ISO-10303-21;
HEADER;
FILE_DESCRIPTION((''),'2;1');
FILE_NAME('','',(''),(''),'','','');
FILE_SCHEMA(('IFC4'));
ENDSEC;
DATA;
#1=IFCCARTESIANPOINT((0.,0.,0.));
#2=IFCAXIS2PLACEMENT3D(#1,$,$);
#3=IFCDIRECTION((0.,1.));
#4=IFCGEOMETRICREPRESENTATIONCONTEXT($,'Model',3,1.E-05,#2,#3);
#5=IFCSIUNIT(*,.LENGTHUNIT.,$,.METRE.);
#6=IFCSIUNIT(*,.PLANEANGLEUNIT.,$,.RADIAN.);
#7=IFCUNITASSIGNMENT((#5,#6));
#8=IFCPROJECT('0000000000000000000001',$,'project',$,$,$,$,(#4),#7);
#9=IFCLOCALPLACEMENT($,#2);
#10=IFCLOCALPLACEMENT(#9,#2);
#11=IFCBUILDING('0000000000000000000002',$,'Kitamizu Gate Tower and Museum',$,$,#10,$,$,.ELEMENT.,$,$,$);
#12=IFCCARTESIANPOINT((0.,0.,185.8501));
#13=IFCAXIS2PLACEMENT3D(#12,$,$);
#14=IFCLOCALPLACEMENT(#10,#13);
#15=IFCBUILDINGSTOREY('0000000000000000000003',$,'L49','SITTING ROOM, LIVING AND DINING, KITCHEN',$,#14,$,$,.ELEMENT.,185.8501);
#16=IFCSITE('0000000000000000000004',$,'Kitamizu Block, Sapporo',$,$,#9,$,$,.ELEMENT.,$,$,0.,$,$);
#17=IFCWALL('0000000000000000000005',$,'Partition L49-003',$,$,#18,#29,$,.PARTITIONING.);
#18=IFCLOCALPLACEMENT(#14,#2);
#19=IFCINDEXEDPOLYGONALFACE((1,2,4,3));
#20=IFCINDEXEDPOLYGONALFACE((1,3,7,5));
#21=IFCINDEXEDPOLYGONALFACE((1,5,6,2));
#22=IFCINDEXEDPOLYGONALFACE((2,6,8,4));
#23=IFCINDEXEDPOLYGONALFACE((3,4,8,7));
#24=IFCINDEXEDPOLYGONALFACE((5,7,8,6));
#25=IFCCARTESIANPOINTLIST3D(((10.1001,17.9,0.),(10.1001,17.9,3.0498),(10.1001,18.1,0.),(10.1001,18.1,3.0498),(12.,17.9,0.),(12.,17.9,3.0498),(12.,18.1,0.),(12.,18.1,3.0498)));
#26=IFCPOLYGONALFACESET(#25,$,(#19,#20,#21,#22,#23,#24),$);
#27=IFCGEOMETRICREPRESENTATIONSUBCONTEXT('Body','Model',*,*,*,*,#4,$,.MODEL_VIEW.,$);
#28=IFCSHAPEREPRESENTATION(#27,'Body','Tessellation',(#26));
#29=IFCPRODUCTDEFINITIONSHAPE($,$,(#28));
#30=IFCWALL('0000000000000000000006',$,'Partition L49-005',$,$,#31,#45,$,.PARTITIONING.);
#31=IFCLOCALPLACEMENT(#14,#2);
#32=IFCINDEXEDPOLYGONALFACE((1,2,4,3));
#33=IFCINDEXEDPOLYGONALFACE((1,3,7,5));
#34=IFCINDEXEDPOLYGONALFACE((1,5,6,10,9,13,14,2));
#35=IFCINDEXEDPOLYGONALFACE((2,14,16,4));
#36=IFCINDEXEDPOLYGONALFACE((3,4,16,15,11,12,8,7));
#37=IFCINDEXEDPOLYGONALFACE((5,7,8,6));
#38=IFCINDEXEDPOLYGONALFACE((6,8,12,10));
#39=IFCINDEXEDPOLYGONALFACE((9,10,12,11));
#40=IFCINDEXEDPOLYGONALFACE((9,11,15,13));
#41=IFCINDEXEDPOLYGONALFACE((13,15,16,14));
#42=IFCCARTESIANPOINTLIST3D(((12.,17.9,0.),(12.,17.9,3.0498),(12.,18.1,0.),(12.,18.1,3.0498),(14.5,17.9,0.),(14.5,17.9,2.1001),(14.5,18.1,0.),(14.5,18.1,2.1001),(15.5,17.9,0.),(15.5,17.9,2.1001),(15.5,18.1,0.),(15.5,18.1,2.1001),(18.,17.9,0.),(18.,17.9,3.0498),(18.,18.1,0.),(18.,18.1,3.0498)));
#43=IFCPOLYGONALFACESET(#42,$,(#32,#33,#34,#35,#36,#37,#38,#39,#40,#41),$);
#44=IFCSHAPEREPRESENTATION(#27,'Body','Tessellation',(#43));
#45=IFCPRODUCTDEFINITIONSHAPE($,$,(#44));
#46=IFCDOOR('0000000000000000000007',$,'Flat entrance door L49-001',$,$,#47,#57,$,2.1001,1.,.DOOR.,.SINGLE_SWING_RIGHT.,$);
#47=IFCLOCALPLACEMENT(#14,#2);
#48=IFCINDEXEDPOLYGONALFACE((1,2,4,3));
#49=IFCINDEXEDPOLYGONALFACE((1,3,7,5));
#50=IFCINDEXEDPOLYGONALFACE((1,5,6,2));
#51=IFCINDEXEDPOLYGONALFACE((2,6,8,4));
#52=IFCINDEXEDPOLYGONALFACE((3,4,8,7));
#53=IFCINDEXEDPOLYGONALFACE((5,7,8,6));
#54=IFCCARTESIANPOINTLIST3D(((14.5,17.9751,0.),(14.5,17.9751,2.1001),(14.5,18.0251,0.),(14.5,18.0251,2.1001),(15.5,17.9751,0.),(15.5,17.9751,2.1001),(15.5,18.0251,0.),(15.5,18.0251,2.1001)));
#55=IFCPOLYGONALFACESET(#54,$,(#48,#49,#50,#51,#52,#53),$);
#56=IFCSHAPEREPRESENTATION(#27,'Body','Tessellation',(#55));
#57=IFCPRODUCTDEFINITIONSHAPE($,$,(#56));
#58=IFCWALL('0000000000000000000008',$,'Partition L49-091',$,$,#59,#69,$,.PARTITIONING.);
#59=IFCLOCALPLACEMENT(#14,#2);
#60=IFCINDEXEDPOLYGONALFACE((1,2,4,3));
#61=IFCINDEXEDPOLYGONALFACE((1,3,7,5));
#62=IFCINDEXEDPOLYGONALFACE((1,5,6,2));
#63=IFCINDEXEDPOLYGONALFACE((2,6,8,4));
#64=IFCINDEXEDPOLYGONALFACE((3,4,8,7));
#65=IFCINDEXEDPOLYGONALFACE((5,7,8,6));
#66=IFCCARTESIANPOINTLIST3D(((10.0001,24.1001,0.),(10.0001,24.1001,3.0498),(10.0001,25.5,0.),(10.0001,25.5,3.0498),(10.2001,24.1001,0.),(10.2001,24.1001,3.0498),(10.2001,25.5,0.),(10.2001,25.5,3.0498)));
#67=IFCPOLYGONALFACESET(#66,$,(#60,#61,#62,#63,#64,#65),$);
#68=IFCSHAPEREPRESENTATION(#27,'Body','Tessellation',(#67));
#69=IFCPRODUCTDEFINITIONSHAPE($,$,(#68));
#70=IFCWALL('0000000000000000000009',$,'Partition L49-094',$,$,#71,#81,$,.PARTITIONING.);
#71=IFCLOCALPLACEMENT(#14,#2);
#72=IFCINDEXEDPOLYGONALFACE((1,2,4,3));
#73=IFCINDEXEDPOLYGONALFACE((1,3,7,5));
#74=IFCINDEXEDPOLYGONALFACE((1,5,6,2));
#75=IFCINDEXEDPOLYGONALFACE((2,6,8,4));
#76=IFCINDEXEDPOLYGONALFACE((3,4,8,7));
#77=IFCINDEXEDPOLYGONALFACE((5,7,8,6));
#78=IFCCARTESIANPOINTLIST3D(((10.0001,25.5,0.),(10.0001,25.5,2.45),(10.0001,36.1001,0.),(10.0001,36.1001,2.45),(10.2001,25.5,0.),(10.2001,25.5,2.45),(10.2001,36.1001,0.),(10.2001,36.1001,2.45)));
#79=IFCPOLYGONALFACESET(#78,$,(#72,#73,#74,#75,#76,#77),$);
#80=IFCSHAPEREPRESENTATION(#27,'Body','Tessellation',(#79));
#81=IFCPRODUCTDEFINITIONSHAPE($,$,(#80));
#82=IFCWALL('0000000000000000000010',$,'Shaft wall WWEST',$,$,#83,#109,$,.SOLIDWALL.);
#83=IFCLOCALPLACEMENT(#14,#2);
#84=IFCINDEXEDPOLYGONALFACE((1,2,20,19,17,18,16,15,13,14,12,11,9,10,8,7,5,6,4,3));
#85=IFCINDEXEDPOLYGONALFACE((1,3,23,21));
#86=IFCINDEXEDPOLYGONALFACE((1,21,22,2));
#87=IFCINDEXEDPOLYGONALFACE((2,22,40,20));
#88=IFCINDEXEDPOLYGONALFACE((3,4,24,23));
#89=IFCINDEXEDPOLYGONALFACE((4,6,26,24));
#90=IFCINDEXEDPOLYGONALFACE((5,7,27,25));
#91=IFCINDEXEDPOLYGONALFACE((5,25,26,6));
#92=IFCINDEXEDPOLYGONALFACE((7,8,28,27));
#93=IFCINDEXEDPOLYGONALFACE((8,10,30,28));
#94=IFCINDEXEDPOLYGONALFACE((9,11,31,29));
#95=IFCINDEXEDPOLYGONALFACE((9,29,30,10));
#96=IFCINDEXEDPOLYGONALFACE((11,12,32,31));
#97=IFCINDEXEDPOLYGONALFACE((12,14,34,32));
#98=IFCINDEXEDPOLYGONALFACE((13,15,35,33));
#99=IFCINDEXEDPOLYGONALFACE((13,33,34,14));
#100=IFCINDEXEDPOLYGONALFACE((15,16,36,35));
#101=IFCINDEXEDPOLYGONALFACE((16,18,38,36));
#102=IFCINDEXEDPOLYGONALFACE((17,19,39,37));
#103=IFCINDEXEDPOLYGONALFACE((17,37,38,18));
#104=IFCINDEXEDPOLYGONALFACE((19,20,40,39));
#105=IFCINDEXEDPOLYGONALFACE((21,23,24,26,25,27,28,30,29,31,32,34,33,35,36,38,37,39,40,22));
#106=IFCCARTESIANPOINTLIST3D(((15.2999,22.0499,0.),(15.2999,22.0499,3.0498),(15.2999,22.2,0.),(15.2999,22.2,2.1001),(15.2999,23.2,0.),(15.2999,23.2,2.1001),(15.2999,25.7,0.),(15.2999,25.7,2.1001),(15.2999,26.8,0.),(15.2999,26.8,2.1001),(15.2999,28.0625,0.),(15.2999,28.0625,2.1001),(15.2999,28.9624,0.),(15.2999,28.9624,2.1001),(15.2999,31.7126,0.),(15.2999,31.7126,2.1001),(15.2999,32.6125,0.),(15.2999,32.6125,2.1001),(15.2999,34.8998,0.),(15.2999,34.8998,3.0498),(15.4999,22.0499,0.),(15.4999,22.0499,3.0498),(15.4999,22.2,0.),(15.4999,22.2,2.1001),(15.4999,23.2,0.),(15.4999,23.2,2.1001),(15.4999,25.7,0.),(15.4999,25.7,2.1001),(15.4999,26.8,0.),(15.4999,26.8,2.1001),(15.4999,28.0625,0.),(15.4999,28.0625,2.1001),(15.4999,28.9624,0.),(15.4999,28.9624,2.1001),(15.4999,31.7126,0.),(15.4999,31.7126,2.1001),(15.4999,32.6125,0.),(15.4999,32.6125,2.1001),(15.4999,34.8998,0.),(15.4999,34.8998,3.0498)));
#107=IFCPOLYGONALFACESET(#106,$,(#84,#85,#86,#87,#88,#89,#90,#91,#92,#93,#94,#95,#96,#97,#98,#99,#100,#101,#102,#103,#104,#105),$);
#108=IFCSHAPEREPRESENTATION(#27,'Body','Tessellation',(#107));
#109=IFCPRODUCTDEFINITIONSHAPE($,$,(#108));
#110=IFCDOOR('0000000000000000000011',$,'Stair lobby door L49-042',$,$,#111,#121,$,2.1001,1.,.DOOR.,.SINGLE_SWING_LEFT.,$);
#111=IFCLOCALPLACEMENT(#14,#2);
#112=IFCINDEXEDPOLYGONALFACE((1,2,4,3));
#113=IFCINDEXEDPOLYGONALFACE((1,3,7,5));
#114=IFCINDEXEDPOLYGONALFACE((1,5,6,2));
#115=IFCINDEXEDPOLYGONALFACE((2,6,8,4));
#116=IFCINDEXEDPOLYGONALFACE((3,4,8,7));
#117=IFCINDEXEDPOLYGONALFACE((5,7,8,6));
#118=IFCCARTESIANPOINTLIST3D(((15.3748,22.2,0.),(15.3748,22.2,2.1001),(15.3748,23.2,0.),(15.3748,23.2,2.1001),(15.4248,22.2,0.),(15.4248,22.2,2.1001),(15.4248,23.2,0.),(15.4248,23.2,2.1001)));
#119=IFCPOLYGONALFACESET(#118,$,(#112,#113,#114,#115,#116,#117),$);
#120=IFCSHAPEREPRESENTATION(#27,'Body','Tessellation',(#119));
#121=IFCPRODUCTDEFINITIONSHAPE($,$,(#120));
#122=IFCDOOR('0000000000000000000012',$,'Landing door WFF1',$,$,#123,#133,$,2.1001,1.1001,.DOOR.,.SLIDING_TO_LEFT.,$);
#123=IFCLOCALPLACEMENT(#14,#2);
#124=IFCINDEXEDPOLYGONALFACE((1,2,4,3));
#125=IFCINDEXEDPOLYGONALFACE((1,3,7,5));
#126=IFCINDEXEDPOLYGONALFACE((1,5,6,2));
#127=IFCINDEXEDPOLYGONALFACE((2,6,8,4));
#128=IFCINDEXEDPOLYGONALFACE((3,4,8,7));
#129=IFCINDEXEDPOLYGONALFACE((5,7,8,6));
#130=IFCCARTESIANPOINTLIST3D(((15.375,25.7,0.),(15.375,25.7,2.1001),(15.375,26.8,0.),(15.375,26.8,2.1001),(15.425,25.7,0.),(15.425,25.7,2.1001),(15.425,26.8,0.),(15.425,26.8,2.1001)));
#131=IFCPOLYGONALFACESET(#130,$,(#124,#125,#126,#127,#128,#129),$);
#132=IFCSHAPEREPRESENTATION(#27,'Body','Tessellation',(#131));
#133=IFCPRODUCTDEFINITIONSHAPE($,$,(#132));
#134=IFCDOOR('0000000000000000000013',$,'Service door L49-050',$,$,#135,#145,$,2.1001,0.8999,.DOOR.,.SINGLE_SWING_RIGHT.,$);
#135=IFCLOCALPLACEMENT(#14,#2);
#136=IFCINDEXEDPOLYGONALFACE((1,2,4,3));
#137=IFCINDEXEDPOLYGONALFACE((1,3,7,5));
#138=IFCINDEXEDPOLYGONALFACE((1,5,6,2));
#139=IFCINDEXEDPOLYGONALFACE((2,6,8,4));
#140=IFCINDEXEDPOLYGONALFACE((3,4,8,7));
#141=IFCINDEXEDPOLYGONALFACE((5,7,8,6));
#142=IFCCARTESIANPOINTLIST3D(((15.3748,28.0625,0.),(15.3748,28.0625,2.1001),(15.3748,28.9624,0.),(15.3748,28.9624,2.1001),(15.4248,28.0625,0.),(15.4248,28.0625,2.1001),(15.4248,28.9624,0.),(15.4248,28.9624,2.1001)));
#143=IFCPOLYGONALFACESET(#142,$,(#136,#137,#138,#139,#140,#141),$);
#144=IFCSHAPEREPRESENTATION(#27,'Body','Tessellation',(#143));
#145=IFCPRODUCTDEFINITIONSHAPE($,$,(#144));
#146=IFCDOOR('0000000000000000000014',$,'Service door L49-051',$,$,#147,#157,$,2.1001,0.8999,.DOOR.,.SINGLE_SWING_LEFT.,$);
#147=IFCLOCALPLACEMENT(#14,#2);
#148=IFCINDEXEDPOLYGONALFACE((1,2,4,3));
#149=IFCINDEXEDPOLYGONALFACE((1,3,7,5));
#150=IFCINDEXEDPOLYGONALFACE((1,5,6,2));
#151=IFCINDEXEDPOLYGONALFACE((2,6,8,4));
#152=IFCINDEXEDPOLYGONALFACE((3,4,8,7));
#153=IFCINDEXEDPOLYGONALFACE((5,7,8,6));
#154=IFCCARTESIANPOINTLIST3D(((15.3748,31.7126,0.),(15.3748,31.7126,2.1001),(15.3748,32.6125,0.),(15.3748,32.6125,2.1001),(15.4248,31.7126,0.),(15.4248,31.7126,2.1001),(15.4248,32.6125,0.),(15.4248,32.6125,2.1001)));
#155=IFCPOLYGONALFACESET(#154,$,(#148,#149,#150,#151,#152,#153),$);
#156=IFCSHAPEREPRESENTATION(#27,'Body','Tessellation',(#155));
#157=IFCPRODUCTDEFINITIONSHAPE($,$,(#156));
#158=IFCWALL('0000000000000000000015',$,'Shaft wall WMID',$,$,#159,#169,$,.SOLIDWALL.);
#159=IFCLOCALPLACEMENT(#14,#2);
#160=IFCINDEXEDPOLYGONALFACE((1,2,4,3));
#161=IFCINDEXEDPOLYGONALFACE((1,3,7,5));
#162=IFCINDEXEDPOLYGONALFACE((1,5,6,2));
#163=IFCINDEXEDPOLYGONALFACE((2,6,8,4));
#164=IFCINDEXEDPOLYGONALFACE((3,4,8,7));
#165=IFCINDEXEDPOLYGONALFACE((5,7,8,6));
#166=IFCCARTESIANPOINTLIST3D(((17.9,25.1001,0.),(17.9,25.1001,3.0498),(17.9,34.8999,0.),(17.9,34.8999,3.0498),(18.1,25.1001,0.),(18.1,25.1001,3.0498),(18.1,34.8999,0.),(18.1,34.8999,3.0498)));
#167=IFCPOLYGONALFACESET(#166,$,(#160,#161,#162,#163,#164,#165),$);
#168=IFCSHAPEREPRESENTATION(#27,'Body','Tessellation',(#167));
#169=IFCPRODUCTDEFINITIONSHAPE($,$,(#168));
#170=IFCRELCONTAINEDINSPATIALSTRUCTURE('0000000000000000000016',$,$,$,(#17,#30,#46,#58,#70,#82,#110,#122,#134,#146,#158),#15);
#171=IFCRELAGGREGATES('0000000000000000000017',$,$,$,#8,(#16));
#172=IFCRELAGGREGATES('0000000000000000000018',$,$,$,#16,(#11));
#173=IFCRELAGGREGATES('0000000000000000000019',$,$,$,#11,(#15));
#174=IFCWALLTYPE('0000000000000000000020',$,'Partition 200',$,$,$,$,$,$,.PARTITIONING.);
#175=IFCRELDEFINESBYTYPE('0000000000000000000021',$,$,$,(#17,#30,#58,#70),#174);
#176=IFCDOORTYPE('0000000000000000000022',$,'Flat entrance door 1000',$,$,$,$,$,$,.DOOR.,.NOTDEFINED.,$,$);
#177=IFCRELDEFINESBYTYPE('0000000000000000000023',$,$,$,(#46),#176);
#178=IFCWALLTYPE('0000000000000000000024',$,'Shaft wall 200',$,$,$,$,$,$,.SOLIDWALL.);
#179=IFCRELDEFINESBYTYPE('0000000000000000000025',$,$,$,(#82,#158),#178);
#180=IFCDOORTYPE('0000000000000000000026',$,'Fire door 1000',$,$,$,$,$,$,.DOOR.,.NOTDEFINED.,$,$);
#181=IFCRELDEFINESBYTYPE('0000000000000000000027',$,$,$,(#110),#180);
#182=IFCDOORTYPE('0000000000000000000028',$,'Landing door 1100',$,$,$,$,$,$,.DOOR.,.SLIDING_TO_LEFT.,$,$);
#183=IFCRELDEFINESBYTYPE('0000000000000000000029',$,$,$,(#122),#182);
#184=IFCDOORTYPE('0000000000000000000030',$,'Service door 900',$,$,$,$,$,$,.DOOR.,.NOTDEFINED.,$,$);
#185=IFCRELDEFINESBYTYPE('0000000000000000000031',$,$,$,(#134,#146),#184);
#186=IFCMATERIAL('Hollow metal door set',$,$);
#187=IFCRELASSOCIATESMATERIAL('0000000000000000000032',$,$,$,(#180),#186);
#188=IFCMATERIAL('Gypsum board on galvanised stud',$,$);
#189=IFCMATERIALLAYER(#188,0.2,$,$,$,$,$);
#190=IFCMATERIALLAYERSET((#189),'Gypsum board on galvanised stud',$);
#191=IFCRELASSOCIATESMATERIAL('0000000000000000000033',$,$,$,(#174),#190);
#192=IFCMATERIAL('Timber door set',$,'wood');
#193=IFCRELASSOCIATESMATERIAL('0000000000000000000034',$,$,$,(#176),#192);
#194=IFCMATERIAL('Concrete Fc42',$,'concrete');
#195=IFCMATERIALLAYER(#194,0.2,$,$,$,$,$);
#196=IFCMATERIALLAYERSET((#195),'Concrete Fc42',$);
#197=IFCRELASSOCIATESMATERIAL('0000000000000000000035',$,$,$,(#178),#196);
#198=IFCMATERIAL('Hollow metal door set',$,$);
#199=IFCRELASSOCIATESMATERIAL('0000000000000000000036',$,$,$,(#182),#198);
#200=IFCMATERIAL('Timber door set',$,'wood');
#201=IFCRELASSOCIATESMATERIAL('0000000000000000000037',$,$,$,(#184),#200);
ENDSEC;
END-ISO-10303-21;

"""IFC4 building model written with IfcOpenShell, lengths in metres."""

from ifc_helpers import new_model, si_unit, direction, frame, frame_2d, origin, place, context, subcontext, project, spatial, rectangle, extrude, material, layer, layer_set, type_object, element, fill, save


model = new_model("IFC4")

# Units and contexts
model_context = context("Model", 3, precision=1e-05, world=origin(), true_north=direction((0.0, 1.0)))
body_context = subcontext(model_context, "Body", "Model", "MODEL_VIEW")
ifc_project = project(units=[si_unit("LENGTHUNIT", "METRE"), si_unit("PLANEANGLEUNIT", "RADIAN")], contexts=[model_context])

# Site, building, storey
site_placement = place(None, origin())
site = spatial("IfcSite", under=ifc_project, at=site_placement, Name="Kitamizu Block, Sapporo", CompositionType="ELEMENT", RefElevation=0.0)
building_placement = place(site_placement, origin())
building = spatial("IfcBuilding", under=site, at=building_placement, Name="Kitamizu Gate Tower and Museum", CompositionType="ELEMENT")
storey_placement = place(building_placement, frame((0.0, 0.0, 185.8501)))
storey = spatial("IfcBuildingStorey", under=building, at=storey_placement, Name="L49", Description="SITTING ROOM, LIVING AND DINING, KITCHEN", CompositionType="ELEMENT", Elevation=185.8501)

# Shared definitions
ifc_material_1 = material(Name="Hollow metal door set")
door_type_1 = type_object("IfcDoorType", Name="Fire door 1000", OperationType="NOTDEFINED", PredefinedType="DOOR", material=ifc_material_1)

# Wall
ifc_material_2 = material(Name="Gypsum board on galvanised stud")
ifc_layer_1 = layer(ifc_material_2, 0.2)
ifc_layer_set_1 = layer_set([ifc_layer_1], Name="Gypsum board on galvanised stud")
wall_type_1 = type_object("IfcWallType", Name="Partition 200", PredefinedType="PARTITIONING", material=ifc_layer_set_1)
wall_1_placement = place(storey_placement, frame((12.0, 18.0, 0.0), z_axis=(0.0, 0.0, 1.0), x_axis=(-1.0, 0.0, 0.0)))
element("IfcWall", 1, at=wall_1_placement, inside=storey, type_object=wall_type_1, Name="Partition L49-003", PredefinedType="PARTITIONING", context=body_context, shape_type="SweptSolid", body=[
    extrude(rectangle(XDim=1.8999, YDim=0.2, at=frame_2d((0.95, 0.0))), origin(), (0.0, 0.0, 1.0), 3.0498),
])

# Wall, opening, door
wall_2_placement = place(storey_placement, frame((18.0, 18.0, 0.0), z_axis=(0.0, 0.0, 1.0), x_axis=(-1.0, 0.0, 0.0)))
wall_2 = element("IfcWall", 2, at=wall_2_placement, inside=storey, type_object=wall_type_1, Name="Partition L49-005", PredefinedType="PARTITIONING", context=body_context, shape_type="SweptSolid", body=[
    extrude(rectangle(XDim=6.0, YDim=0.2, at=frame_2d((3.0, 0.0))), origin(), (0.0, 0.0, 1.0), 3.0498),
])
opening_1_placement = place(wall_2_placement, frame((2.5, 0.0, 0.0)))
opening_1 = element("IfcOpeningElement", 3, at=opening_1_placement, cuts=wall_2, PredefinedType="OPENING", context=body_context, shape_type="SweptSolid", body=[
    extrude(rectangle(XDim=1.0, YDim=2.1001, at=frame_2d((0.5, 1.05))), frame((0.0, 0.1099, 0.0), z_axis=(0.0, -1.0, 0.0), x_axis=(1.0, 0.0, 0.0)), (0.0, 0.0, 1.0), 0.22),
])
ifc_material_3 = material(Name="Timber door set", Category="wood")
door_type_2 = type_object("IfcDoorType", Name="Flat entrance door 1000", OperationType="NOTDEFINED", PredefinedType="DOOR", material=ifc_material_3)
door_1_placement = place(opening_1_placement, origin())
door_1 = element("IfcDoor", 4, at=door_1_placement, inside=storey, type_object=door_type_2, Name="Flat entrance door L49-001", OperationType="SINGLE_SWING_RIGHT", OverallHeight=2.1001, OverallWidth=1.0, PredefinedType="DOOR", context=body_context, shape_type="SweptSolid", body=[
    extrude(rectangle(XDim=1.0, YDim=2.1001, at=frame_2d((0.5, 1.05))), frame((0.0, 0.0249, 0.0), z_axis=(0.0, -1.0, 0.0), x_axis=(1.0, 0.0, 0.0)), (0.0, 0.0, 1.0), 0.05),
])
fill(opening_1, door_1)

# Walls
wall_3_placement = place(storey_placement, frame((10.1001, 24.1001, 0.0), z_axis=(0.0, 0.0, 1.0), x_axis=(0.0, 1.0, 0.0)))
element("IfcWall", 5, at=wall_3_placement, inside=storey, type_object=wall_type_1, Name="Partition L49-091", PredefinedType="PARTITIONING", context=body_context, shape_type="SweptSolid", body=[
    extrude(rectangle(XDim=1.3999, YDim=0.2, at=frame_2d((0.7, 0.0))), origin(), (0.0, 0.0, 1.0), 3.0498),
])
wall_4_placement = place(storey_placement, frame((10.1001, 25.5, 0.0), z_axis=(0.0, 0.0, 1.0), x_axis=(0.0, 1.0, 0.0)))
element("IfcWall", 6, at=wall_4_placement, inside=storey, type_object=wall_type_1, Name="Partition L49-094", PredefinedType="PARTITIONING", context=body_context, shape_type="SweptSolid", body=[
    extrude(rectangle(XDim=10.6001, YDim=0.2, at=frame_2d((5.3, 0.0))), origin(), (0.0, 0.0, 1.0), 2.45),
])

# Wall, openings, doors
ifc_material_4 = material(Name="Concrete Fc42", Category="concrete")
ifc_layer_2 = layer(ifc_material_4, 0.2)
ifc_layer_set_2 = layer_set([ifc_layer_2], Name="Concrete Fc42")
wall_type_2 = type_object("IfcWallType", Name="Shaft wall 200", PredefinedType="SOLIDWALL", material=ifc_layer_set_2)
wall_5_placement = place(storey_placement, frame((15.3999, 22.05, 0.0), z_axis=(0.0, 0.0, 1.0), x_axis=(0.0, 1.0, 0.0)))
wall_5 = element("IfcWall", 7, at=wall_5_placement, inside=storey, type_object=wall_type_2, Name="Shaft wall WWEST", PredefinedType="SOLIDWALL", context=body_context, shape_type="SweptSolid", body=[
    extrude(rectangle(XDim=12.8499, YDim=0.2, at=frame_2d((6.4248, 0.0))), origin(), (0.0, 0.0, 1.0), 3.0498),
])
opening_2_placement = place(wall_5_placement, frame((3.6499, 0.0, 0.0)))
opening_2 = element("IfcOpeningElement", 8, at=opening_2_placement, cuts=wall_5, PredefinedType="OPENING", context=body_context, shape_type="SweptSolid", body=[
    extrude(rectangle(XDim=1.1001, YDim=2.1001, at=frame_2d((0.55, 1.05))), frame((0.0, 0.1099, 0.0), z_axis=(0.0, -1.0, 0.0), x_axis=(1.0, 0.0, 0.0)), (0.0, 0.0, 1.0), 0.22),
])
opening_3_placement = place(wall_5_placement, frame((0.1499, 0.0, 0.0)))
opening_3 = element("IfcOpeningElement", 9, at=opening_3_placement, cuts=wall_5, PredefinedType="OPENING", context=body_context, shape_type="SweptSolid", body=[
    extrude(rectangle(XDim=1.0, YDim=2.1001, at=frame_2d((0.5, 1.05))), frame((0.0, 0.1099, 0.0), z_axis=(0.0, -1.0, 0.0), x_axis=(1.0, 0.0, 0.0)), (0.0, 0.0, 1.0), 0.22),
])
opening_4_placement = place(wall_5_placement, frame((6.0125, 0.0, 0.0)))
opening_4 = element("IfcOpeningElement", 10, at=opening_4_placement, cuts=wall_5, PredefinedType="OPENING", context=body_context, shape_type="SweptSolid", body=[
    extrude(rectangle(XDim=0.8999, YDim=2.1001, at=frame_2d((0.45, 1.05))), frame((0.0, 0.1099, 0.0), z_axis=(0.0, -1.0, 0.0), x_axis=(1.0, 0.0, 0.0)), (0.0, 0.0, 1.0), 0.22),
])
opening_5_placement = place(wall_5_placement, frame((9.6626, 0.0, 0.0)))
opening_5 = element("IfcOpeningElement", 11, at=opening_5_placement, cuts=wall_5, PredefinedType="OPENING", context=body_context, shape_type="SweptSolid", body=[
    extrude(rectangle(XDim=0.8999, YDim=2.1001, at=frame_2d((0.45, 1.05))), frame((0.0, 0.1099, 0.0), z_axis=(0.0, -1.0, 0.0), x_axis=(1.0, 0.0, 0.0)), (0.0, 0.0, 1.0), 0.22),
])
door_2_placement = place(opening_3_placement, frame((1.0, 0.0, 0.0), x_axis=(-1.0, 0.0, 0.0)))
door_2 = element("IfcDoor", 12, at=door_2_placement, inside=storey, type_object=door_type_1, Name="Stair lobby door L49-042", OperationType="SINGLE_SWING_LEFT", OverallHeight=2.1001, OverallWidth=1.0, PredefinedType="DOOR", context=body_context, shape_type="SweptSolid", body=[
    extrude(rectangle(XDim=1.0, YDim=2.1001, at=frame_2d((0.5, 1.05))), frame((0.0, 0.0249, 0.0), z_axis=(0.0, -1.0, 0.0), x_axis=(1.0, 0.0, 0.0)), (0.0, 0.0, 1.0), 0.05),
])
fill(opening_3, door_2)
ifc_material_5 = material(Name="Hollow metal door set")
door_type_3 = type_object("IfcDoorType", Name="Landing door 1100", OperationType="SLIDING_TO_LEFT", PredefinedType="DOOR", material=ifc_material_5)
door_3_placement = place(opening_2_placement, origin())
door_3 = element("IfcDoor", 13, at=door_3_placement, inside=storey, type_object=door_type_3, Name="Landing door WFF1", OperationType="SLIDING_TO_LEFT", OverallHeight=2.1001, OverallWidth=1.1001, PredefinedType="DOOR", context=body_context, shape_type="SweptSolid", body=[
    extrude(rectangle(XDim=1.1001, YDim=2.1001, at=frame_2d((0.55, 1.05))), frame((0.0, 0.0249, 0.0), z_axis=(0.0, -1.0, 0.0), x_axis=(1.0, 0.0, 0.0)), (0.0, 0.0, 1.0), 0.05),
])
fill(opening_2, door_3)
ifc_material_6 = material(Name="Timber door set", Category="wood")
door_type_4 = type_object("IfcDoorType", Name="Service door 900", OperationType="NOTDEFINED", PredefinedType="DOOR", material=ifc_material_6)
door_4_placement = place(opening_4_placement, frame((0.8999, 0.0, 0.0), x_axis=(-1.0, 0.0, 0.0)))
door_4 = element("IfcDoor", 14, at=door_4_placement, inside=storey, type_object=door_type_4, Name="Service door L49-050", OperationType="SINGLE_SWING_RIGHT", OverallHeight=2.1001, OverallWidth=0.8999, PredefinedType="DOOR", context=body_context, shape_type="SweptSolid", body=[
    extrude(rectangle(XDim=0.8999, YDim=2.1001, at=frame_2d((0.45, 1.05))), frame((0.0, 0.0249, 0.0), z_axis=(0.0, -1.0, 0.0), x_axis=(1.0, 0.0, 0.0)), (0.0, 0.0, 1.0), 0.05),
])
fill(opening_4, door_4)
door_5_placement = place(opening_5_placement, frame((0.8999, 0.0, 0.0), x_axis=(-1.0, 0.0, 0.0)))
door_5 = element("IfcDoor", 15, at=door_5_placement, inside=storey, type_object=door_type_4, Name="Service door L49-051", OperationType="SINGLE_SWING_LEFT", OverallHeight=2.1001, OverallWidth=0.8999, PredefinedType="DOOR", context=body_context, shape_type="SweptSolid", body=[
    extrude(rectangle(XDim=0.8999, YDim=2.1001, at=frame_2d((0.45, 1.05))), frame((0.0, 0.0249, 0.0), z_axis=(0.0, -1.0, 0.0), x_axis=(1.0, 0.0, 0.0)), (0.0, 0.0, 1.0), 0.05),
])
fill(opening_5, door_5)

# Wall
wall_6_placement = place(storey_placement, frame((18.0, 25.1001, 0.0), z_axis=(0.0, 0.0, 1.0), x_axis=(0.0, 1.0, 0.0)))
element("IfcWall", 16, at=wall_6_placement, inside=storey, type_object=wall_type_2, Name="Shaft wall WMID", PredefinedType="SOLIDWALL", context=body_context, shape_type="SweptSolid", body=[
    extrude(rectangle(XDim=9.7998, YDim=0.2, at=frame_2d((4.8999, 0.0))), origin(), (0.0, 0.0, 1.0), 3.0498),
])

save(model, "model.ifc")
